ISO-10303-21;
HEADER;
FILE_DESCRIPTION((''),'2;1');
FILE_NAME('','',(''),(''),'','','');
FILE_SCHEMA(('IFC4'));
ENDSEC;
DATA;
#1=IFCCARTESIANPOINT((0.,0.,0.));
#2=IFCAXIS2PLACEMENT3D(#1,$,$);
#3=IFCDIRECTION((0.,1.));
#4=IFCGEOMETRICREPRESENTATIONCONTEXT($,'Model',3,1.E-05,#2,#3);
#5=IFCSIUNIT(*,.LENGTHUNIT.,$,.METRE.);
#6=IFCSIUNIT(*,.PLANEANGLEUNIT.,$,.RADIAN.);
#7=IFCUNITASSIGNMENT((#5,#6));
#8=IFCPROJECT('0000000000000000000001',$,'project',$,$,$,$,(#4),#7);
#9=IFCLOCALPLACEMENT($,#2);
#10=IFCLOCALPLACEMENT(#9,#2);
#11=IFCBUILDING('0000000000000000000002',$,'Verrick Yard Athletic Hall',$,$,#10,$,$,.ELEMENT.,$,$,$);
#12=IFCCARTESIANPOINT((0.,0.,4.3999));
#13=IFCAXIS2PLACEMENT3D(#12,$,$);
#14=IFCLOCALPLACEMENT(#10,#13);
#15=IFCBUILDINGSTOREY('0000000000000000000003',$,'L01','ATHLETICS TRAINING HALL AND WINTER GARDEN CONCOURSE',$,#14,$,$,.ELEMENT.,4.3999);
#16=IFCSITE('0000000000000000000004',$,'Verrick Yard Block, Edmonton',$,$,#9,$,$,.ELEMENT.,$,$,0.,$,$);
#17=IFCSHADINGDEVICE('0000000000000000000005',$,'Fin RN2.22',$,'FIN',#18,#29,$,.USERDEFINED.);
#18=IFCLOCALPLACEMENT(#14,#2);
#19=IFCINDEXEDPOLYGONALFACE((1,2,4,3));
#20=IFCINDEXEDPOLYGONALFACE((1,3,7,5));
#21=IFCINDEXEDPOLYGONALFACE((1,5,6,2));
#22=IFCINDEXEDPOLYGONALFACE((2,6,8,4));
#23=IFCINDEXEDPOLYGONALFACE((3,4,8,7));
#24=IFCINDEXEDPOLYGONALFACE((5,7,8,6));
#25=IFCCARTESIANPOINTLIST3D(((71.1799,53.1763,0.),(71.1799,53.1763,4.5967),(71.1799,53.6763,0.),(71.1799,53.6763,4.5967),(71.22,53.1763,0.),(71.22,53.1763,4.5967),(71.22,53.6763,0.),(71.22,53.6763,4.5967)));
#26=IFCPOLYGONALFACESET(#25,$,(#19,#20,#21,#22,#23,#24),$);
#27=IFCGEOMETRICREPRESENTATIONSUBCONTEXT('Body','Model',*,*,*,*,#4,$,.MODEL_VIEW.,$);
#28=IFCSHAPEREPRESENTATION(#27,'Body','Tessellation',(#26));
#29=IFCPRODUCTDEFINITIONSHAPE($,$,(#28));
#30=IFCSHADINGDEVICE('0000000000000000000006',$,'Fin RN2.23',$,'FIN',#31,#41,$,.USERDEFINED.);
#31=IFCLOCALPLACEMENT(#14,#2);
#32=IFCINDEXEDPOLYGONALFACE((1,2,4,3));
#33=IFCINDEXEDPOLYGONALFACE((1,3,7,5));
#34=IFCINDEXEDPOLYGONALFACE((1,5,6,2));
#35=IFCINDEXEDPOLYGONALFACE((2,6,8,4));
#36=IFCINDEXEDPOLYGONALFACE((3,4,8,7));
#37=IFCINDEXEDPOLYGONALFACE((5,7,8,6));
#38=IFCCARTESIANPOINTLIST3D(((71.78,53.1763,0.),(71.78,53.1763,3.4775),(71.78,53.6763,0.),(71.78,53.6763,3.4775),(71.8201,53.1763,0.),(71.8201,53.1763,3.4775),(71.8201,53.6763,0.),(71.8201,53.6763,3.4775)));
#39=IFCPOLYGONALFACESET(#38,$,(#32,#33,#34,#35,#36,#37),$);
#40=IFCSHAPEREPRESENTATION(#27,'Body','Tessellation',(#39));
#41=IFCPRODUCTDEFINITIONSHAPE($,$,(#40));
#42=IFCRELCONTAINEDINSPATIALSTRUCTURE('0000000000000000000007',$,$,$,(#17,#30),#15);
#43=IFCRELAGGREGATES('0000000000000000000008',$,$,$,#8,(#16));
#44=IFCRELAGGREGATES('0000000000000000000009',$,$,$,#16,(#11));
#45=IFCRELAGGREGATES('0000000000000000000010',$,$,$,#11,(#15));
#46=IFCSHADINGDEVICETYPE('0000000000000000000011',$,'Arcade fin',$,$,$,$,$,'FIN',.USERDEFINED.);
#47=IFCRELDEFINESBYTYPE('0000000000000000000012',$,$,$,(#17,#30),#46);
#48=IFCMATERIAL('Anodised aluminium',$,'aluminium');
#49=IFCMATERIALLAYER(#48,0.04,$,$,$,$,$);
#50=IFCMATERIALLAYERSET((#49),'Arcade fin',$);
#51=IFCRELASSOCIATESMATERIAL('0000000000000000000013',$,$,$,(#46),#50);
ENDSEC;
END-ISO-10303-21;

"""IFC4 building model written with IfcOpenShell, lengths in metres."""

from ifc_helpers import new_model, si_unit, direction, frame, origin, place, context, subcontext, project, spatial, polyline, outline, extrude, material, layer, layer_set, type_object, element, save


model = new_model("IFC4")

# Units and contexts
model_context = context("Model", 3, precision=1e-05, world=origin(), true_north=direction((0.0, 1.0)))
body_context = subcontext(model_context, "Body", "Model", "MODEL_VIEW")
ifc_project = project(units=[si_unit("LENGTHUNIT", "METRE"), si_unit("PLANEANGLEUNIT", "RADIAN")], contexts=[model_context])

# Site, building, storey
site_placement = place(None, origin())
site = spatial("IfcSite", under=ifc_project, at=site_placement, Name="Verrick Yard Block, Edmonton", CompositionType="ELEMENT", RefElevation=0.0)
building_placement = place(site_placement, origin())
building = spatial("IfcBuilding", under=site, at=building_placement, Name="Verrick Yard Athletic Hall", CompositionType="ELEMENT")
storey_placement = place(building_placement, frame((0.0, 0.0, 4.3999)))
storey = spatial("IfcBuildingStorey", under=building, at=storey_placement, Name="L01", Description="ATHLETICS TRAINING HALL AND WINTER GARDEN CONCOURSE", CompositionType="ELEMENT", Elevation=4.3999)

# Shading devices
ifc_material_1 = material(Name="Anodised aluminium", Category="aluminium")
ifc_layer_1 = layer(ifc_material_1, 0.04)
ifc_layer_set_1 = layer_set([ifc_layer_1], Name="Arcade fin")
shading_device_type = type_object("IfcShadingDeviceType", Name="Arcade fin", ElementType="FIN", PredefinedType="USERDEFINED", material=ifc_layer_set_1)
shading_device_1_placement = place(storey_placement, frame((71.2, 53.1763, 0.0), z_axis=(0.0, 0.0, 1.0), x_axis=(0.0, 1.0, 0.0)))
element("IfcShadingDevice", 1, at=shading_device_1_placement, inside=storey, type_object=shading_device_type, Name="Fin RN2.22", ObjectType="FIN", PredefinedType="USERDEFINED", context=body_context, shape_type="SweptSolid", body=[
    extrude(outline(polyline([(0.0, 0.0), (0.5, 0.0), (0.5, 4.5967), (0.0, 4.5967), (0.0, 0.0)])), frame((0.0, 0.02, 0.0), z_axis=(0.0, -1.0, 0.0), x_axis=(1.0, 0.0, 0.0)), (0.0, 0.0, 1.0), 0.04),
])
shading_device_2_placement = place(storey_placement, frame((71.8, 53.1763, 0.0), z_axis=(0.0, 0.0, 1.0), x_axis=(0.0, 1.0, 0.0)))
element("IfcShadingDevice", 2, at=shading_device_2_placement, inside=storey, type_object=shading_device_type, Name="Fin RN2.23", ObjectType="FIN", PredefinedType="USERDEFINED", context=body_context, shape_type="SweptSolid", body=[
    extrude(outline(polyline([(0.0, 0.0), (0.5, 0.0), (0.5, 3.4775), (0.0, 3.4775), (0.0, 0.0)])), frame((0.0, 0.02, 0.0), z_axis=(0.0, -1.0, 0.0), x_axis=(1.0, 0.0, 0.0)), (0.0, 0.0, 1.0), 0.04),
])

save(model, "model.ifc")
